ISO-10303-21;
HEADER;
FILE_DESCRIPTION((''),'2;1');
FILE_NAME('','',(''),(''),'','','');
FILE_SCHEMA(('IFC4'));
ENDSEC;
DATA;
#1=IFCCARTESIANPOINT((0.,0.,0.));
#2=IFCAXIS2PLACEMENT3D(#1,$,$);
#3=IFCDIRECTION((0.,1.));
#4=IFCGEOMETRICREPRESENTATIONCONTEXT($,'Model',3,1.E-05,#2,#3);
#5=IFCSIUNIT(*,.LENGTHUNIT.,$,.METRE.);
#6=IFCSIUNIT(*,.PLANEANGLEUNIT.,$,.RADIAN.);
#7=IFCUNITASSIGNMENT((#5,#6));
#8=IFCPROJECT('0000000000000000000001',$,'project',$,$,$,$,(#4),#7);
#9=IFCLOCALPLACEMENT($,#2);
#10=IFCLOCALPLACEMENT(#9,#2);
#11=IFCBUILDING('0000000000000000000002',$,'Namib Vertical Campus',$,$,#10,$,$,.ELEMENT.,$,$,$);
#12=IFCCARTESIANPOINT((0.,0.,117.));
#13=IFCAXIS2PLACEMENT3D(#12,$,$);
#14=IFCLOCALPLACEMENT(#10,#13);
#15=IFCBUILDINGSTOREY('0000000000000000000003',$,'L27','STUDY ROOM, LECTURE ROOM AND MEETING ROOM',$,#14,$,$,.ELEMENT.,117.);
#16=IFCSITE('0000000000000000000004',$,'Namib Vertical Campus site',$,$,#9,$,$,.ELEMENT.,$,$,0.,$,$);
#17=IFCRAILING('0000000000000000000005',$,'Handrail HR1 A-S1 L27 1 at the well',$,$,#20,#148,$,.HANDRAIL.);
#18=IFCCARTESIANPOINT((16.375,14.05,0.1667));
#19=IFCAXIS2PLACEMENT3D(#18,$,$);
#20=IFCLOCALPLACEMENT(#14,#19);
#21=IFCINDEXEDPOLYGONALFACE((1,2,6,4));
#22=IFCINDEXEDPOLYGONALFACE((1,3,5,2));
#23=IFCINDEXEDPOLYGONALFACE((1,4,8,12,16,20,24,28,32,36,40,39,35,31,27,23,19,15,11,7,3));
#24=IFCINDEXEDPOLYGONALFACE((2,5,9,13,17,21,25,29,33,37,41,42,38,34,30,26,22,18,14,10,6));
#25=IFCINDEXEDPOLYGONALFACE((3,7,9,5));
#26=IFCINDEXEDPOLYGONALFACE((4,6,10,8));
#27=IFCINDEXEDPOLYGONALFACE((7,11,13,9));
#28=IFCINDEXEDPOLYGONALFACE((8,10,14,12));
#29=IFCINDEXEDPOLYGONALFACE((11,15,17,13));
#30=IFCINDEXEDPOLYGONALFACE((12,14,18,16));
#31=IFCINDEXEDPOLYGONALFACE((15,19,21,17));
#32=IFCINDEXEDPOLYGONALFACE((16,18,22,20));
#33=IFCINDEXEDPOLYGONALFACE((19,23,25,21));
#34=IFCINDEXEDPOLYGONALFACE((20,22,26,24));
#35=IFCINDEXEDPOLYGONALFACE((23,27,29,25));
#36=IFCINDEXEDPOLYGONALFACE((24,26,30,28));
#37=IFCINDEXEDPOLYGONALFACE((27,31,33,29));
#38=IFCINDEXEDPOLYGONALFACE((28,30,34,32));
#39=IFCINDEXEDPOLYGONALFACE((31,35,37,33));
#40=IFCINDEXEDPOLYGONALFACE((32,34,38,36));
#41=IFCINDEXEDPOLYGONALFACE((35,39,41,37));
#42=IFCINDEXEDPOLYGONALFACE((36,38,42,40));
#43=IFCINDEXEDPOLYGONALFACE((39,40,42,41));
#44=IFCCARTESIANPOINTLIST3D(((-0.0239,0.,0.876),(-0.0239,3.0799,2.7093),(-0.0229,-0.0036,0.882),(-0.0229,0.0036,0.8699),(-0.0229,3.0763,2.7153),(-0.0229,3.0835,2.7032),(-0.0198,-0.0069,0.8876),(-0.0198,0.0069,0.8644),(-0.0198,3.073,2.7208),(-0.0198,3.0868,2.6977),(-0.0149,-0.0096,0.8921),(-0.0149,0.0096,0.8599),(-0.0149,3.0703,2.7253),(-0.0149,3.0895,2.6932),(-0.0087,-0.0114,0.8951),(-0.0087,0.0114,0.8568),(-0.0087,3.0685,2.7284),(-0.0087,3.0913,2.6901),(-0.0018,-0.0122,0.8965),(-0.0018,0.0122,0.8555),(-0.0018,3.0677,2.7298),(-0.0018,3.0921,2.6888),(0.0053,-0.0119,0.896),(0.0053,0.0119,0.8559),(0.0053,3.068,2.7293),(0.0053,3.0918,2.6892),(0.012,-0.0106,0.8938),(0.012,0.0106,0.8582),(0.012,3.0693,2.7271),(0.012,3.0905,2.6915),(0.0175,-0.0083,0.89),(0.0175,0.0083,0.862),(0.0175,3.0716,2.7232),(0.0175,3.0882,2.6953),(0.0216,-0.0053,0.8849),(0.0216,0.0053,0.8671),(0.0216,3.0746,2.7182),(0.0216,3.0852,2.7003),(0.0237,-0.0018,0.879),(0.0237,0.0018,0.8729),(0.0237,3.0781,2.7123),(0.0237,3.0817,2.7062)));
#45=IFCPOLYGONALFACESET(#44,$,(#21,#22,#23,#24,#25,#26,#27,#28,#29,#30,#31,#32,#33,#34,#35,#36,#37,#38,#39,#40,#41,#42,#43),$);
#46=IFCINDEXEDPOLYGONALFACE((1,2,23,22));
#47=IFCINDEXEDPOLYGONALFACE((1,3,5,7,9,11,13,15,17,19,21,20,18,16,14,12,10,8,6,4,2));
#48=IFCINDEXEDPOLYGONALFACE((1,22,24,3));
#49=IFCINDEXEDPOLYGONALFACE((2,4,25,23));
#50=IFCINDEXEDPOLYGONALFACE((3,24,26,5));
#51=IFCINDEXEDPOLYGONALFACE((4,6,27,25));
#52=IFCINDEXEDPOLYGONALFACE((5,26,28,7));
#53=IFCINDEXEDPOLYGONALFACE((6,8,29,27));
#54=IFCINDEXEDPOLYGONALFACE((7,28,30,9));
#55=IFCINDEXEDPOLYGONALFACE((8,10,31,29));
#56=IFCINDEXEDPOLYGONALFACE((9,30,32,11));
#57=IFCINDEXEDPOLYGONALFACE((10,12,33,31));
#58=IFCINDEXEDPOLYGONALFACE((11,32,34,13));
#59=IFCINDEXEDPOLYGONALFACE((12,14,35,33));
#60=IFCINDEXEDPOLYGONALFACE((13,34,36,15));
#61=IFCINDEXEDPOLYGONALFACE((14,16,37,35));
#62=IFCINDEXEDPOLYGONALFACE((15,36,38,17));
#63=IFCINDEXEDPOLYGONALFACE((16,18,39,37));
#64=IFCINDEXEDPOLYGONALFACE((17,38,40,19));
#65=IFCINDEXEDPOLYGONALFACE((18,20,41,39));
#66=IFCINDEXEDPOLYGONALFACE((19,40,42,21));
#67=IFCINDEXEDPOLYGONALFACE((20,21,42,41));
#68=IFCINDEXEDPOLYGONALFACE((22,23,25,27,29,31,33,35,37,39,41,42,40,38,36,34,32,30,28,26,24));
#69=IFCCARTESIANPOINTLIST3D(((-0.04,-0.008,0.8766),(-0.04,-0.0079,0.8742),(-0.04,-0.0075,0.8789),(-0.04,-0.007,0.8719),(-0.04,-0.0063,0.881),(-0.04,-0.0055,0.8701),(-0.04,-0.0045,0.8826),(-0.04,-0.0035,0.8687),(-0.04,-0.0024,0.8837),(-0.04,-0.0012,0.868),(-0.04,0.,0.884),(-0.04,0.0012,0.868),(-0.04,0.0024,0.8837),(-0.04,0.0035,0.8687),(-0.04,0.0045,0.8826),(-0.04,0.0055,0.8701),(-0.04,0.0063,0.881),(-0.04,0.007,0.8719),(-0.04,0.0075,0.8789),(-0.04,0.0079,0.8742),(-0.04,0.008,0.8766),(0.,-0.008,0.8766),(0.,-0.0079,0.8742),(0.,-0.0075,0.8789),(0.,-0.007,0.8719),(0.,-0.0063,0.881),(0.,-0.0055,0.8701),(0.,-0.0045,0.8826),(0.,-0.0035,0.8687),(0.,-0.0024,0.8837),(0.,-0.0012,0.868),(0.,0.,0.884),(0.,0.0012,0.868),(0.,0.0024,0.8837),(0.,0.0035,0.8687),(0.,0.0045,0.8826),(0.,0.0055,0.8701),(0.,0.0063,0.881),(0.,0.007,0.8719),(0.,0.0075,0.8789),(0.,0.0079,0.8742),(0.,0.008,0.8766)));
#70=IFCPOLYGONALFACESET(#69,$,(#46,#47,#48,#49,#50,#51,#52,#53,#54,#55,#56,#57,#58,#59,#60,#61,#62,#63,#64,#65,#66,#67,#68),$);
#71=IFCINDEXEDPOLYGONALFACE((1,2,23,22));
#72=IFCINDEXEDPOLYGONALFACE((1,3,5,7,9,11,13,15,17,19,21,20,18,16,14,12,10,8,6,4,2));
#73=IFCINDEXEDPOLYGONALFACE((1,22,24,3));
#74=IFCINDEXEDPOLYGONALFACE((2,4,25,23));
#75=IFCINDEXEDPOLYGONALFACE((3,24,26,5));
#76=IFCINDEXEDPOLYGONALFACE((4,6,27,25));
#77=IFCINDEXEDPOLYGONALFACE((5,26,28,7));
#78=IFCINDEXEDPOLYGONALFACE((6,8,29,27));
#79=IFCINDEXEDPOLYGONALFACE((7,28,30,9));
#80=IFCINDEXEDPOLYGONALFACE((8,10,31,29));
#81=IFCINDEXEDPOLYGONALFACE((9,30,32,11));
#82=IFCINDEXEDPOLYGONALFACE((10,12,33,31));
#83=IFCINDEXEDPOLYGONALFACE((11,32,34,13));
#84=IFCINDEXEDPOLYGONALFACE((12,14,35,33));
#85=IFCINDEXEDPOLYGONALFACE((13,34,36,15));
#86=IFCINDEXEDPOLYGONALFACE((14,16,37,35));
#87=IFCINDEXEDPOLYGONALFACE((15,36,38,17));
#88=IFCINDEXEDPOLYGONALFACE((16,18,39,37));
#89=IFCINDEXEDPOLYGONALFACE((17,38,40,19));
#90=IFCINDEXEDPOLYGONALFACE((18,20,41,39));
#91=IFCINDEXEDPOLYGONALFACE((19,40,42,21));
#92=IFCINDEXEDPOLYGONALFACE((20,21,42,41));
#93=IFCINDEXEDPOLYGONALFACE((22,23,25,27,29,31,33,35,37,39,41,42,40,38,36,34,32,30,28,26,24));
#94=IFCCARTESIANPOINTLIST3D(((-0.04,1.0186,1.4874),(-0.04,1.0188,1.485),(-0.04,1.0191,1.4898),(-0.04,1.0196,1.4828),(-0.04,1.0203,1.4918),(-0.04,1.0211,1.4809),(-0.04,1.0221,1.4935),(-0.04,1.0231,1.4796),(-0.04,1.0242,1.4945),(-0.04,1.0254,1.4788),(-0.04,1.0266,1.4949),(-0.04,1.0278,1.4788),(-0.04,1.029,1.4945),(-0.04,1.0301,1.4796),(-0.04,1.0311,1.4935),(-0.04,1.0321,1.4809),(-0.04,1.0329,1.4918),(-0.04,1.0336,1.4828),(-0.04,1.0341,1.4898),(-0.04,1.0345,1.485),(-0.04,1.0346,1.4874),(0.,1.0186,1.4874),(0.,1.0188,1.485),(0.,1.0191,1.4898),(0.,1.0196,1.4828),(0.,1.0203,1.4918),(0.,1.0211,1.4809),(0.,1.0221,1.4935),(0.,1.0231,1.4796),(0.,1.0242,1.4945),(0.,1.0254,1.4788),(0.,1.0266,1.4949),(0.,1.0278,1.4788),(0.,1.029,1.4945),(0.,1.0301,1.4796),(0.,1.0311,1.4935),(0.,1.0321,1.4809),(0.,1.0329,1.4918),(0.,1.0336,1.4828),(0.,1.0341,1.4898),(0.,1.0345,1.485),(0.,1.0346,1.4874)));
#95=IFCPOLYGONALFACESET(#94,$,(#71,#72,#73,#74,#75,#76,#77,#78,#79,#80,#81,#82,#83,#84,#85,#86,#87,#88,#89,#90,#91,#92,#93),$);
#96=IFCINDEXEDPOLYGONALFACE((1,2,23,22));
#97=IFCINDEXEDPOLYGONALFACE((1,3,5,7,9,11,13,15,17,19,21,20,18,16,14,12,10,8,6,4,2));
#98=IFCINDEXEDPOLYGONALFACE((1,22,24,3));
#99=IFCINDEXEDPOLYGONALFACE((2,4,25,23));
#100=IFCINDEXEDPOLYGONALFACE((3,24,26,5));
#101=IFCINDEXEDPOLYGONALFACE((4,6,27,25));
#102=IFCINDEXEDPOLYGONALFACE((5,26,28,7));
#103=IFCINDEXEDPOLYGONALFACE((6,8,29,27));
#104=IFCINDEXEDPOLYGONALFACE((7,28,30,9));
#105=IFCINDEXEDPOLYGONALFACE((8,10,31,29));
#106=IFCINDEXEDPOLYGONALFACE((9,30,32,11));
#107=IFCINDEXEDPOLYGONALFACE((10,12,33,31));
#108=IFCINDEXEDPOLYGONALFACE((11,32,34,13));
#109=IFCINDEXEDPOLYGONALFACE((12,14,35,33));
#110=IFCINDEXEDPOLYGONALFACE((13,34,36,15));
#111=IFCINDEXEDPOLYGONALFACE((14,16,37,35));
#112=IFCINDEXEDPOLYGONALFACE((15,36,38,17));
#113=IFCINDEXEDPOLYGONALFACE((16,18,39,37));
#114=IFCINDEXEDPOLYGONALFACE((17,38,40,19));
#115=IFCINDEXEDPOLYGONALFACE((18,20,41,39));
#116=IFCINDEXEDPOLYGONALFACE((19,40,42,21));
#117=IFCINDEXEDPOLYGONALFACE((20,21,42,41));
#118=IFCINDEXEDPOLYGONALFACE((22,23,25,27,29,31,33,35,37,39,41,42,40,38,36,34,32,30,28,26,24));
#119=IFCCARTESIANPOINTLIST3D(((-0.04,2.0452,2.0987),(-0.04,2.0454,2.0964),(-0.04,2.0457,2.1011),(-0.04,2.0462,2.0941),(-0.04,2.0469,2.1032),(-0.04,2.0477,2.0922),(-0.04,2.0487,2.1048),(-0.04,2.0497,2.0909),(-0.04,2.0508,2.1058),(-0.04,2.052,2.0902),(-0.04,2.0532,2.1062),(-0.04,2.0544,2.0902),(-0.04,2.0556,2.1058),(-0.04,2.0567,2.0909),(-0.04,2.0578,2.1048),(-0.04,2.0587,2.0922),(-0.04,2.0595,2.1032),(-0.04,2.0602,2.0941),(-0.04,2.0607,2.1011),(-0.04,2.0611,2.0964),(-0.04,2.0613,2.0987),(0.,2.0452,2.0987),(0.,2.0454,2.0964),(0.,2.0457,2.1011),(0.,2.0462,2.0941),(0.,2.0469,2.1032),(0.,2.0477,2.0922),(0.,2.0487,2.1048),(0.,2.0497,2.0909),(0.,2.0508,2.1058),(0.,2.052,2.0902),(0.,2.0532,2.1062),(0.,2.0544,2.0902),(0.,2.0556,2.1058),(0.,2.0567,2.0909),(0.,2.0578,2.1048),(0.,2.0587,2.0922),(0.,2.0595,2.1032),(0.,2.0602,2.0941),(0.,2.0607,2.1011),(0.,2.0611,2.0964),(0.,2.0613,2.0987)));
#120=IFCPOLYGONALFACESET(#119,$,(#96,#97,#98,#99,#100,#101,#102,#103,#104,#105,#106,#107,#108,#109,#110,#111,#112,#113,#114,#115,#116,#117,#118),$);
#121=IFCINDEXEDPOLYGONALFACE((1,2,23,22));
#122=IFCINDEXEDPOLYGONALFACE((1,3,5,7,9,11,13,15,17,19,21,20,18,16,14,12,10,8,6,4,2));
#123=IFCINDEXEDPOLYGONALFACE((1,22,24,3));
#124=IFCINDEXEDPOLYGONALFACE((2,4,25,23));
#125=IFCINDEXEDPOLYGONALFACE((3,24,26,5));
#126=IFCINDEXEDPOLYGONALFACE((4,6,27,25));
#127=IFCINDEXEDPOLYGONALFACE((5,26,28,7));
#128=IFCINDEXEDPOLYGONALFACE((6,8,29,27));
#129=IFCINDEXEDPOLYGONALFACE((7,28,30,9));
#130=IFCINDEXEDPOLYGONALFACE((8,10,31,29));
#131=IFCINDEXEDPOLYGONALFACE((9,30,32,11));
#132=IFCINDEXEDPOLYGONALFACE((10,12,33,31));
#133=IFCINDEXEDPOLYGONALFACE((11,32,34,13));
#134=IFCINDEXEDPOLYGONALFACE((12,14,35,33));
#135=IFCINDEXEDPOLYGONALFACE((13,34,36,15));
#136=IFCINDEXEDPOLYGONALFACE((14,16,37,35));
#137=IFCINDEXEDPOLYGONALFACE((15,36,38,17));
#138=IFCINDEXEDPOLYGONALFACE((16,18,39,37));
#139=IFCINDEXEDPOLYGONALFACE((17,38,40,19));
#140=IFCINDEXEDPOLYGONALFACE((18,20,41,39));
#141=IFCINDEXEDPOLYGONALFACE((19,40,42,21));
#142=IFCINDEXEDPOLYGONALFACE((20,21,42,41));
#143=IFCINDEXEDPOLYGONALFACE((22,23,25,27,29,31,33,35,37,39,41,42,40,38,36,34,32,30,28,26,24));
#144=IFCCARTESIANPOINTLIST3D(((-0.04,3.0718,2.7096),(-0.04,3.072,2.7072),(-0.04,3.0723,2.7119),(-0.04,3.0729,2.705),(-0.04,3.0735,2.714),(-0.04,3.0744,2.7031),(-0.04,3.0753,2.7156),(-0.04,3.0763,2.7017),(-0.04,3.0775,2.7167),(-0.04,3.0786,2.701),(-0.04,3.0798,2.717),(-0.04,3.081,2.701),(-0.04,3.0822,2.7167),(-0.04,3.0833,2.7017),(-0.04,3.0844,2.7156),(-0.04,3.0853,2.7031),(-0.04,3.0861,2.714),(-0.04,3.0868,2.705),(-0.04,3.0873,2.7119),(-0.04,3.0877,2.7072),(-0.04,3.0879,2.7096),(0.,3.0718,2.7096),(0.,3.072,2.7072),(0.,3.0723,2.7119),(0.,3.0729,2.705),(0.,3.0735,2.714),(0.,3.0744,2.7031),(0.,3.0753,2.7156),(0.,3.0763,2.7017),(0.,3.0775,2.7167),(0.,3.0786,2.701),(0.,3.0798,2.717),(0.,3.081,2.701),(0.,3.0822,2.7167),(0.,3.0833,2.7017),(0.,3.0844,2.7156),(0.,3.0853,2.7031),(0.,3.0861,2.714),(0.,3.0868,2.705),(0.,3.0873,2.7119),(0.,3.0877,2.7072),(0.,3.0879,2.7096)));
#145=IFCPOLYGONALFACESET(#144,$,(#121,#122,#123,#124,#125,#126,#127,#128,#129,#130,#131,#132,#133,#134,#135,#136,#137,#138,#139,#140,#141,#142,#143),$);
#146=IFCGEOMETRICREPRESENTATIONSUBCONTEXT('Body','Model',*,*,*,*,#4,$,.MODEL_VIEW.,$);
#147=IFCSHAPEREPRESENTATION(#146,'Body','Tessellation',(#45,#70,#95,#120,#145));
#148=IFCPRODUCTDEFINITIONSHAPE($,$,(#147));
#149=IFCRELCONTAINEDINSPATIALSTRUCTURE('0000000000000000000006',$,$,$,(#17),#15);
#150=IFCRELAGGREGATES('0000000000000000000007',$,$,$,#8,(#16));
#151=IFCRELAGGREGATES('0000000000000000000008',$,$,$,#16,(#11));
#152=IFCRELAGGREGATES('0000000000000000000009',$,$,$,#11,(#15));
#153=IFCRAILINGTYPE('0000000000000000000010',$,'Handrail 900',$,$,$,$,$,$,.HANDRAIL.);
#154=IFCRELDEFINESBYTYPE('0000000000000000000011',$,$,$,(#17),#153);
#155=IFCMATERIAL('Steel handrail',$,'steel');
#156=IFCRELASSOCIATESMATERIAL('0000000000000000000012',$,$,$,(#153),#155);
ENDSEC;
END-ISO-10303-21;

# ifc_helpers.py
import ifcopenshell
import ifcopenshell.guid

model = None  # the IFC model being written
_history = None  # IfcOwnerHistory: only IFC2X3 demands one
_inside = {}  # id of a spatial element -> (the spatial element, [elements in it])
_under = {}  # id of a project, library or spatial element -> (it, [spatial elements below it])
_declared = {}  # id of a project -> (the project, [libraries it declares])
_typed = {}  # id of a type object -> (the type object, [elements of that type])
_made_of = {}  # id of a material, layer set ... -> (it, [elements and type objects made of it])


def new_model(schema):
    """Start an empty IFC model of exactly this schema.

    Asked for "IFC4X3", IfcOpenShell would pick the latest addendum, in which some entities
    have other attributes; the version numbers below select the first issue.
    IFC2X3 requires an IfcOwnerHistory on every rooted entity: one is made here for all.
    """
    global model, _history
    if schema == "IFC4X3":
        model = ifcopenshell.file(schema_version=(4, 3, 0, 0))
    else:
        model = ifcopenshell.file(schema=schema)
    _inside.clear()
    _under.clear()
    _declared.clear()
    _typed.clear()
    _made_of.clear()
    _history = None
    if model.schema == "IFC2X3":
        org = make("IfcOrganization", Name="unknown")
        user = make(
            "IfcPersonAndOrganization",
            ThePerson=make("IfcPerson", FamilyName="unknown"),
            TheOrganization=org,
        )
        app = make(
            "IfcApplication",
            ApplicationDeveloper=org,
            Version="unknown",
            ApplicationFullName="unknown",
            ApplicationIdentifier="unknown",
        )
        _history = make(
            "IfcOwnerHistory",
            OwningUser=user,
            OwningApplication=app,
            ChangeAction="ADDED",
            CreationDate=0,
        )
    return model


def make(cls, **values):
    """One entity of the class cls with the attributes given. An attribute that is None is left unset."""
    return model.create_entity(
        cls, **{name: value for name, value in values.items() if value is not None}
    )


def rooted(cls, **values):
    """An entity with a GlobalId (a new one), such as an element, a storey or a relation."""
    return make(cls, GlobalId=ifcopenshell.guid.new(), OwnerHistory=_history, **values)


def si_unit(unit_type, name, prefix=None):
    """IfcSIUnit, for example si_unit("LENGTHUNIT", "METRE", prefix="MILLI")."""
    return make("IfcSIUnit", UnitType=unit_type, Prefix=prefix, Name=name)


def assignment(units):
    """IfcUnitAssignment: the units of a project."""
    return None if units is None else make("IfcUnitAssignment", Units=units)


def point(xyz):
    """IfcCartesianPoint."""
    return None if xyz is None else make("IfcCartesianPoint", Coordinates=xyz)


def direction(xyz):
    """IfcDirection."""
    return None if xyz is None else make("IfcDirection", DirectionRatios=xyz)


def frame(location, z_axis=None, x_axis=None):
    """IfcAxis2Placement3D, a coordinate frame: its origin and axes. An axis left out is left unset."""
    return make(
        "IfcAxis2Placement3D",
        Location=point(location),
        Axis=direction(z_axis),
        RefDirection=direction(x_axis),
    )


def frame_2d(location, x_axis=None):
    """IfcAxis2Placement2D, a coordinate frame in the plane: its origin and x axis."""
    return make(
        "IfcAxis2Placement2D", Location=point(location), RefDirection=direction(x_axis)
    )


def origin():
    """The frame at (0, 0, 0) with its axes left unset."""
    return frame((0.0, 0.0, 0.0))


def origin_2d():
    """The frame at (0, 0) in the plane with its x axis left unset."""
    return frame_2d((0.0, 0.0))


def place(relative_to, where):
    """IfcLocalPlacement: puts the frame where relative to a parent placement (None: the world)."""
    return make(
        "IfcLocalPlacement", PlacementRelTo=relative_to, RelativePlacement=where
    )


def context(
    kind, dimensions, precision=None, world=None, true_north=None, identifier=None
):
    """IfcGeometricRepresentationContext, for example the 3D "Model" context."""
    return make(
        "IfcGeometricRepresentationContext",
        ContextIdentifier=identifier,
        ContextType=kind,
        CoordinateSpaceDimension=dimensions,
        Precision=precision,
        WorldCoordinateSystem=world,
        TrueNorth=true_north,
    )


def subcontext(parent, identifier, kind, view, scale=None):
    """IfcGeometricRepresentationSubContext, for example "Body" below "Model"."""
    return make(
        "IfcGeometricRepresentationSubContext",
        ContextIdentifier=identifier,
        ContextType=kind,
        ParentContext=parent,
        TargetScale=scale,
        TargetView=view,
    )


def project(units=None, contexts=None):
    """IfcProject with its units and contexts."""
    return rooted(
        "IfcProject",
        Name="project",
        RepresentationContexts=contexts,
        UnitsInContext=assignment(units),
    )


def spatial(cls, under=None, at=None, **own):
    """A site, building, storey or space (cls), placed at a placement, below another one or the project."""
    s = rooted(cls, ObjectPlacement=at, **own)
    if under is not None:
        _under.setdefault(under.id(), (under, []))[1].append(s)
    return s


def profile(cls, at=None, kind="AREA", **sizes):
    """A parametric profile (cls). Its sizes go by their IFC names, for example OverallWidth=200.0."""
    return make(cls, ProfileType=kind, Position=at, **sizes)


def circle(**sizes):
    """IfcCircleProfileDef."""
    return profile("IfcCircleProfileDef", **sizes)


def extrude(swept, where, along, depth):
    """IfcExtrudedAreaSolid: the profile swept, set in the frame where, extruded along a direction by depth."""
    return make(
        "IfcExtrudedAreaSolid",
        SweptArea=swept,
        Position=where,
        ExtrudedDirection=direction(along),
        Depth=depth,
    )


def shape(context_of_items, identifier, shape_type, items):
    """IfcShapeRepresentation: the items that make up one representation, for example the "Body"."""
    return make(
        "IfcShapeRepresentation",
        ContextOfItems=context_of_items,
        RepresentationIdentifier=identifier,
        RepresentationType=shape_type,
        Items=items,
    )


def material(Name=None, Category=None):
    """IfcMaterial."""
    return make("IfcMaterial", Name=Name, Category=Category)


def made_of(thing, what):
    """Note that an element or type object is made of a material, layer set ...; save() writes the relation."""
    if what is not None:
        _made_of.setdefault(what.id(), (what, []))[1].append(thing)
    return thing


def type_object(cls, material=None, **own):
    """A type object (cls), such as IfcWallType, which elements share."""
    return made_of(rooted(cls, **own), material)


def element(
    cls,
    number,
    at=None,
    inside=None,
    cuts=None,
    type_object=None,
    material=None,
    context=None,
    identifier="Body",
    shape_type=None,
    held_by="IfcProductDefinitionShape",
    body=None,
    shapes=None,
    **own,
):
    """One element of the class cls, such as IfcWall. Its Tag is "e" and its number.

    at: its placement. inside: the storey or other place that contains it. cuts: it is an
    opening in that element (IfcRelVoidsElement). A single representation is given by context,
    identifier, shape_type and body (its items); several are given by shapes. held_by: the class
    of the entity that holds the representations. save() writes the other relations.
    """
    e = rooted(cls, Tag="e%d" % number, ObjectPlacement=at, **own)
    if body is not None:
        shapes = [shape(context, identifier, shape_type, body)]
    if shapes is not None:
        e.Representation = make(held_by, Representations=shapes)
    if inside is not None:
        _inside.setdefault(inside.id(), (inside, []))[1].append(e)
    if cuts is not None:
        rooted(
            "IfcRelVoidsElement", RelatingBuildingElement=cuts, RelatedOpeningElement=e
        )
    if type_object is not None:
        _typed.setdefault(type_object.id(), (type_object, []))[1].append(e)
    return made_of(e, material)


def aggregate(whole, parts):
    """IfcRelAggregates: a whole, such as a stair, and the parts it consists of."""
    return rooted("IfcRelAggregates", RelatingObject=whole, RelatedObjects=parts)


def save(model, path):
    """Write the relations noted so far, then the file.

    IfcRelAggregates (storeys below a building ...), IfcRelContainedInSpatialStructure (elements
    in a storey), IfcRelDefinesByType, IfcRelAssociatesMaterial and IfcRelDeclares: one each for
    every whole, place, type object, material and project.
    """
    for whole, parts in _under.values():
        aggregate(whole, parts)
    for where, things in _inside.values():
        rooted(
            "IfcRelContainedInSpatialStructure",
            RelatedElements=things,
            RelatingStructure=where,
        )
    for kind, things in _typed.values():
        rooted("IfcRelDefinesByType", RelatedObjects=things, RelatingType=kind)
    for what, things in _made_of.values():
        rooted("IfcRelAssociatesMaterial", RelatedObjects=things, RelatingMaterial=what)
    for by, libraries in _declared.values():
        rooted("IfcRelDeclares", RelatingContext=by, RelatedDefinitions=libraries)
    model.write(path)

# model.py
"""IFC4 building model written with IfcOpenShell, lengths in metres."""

from ifc_helpers import new_model, si_unit, direction, frame, origin, origin_2d, place, context, subcontext, project, spatial, circle, extrude, material, type_object, element, save


model = new_model("IFC4")

# Units and contexts
model_context = context("Model", 3, precision=1e-05, world=origin(), true_north=direction((0.0, 1.0)))
body_context = subcontext(model_context, "Body", "Model", "MODEL_VIEW")
ifc_project = project(units=[si_unit("LENGTHUNIT", "METRE"), si_unit("PLANEANGLEUNIT", "RADIAN")], contexts=[model_context])

# Site, building, storey
site_placement = place(None, origin())
site = spatial("IfcSite", under=ifc_project, at=site_placement, Name="Namib Vertical Campus site", CompositionType="ELEMENT", RefElevation=0.0)
building_placement = place(site_placement, origin())
building = spatial("IfcBuilding", under=site, at=building_placement, Name="Namib Vertical Campus", CompositionType="ELEMENT")
storey_placement = place(building_placement, frame((0.0, 0.0, 117.0)))
storey = spatial("IfcBuildingStorey", under=building, at=storey_placement, Name="L27", Description="STUDY ROOM, LECTURE ROOM AND MEETING ROOM", CompositionType="ELEMENT", Elevation=117.0)

# Railing
ifc_material_1 = material(Name="Steel handrail", Category="steel")
railing_type_1 = type_object("IfcRailingType", Name="Handrail 900", PredefinedType="HANDRAIL", material=ifc_material_1)
railing_1_placement = place(storey_placement, frame((16.375, 14.05, 0.1667)))
element("IfcRailing", 1, at=railing_1_placement, inside=storey, type_object=railing_type_1, Name="Handrail HR1 A-S1 L27 1 at the well", PredefinedType="HANDRAIL", context=body_context, shape_type="SweptSolid", body=[
    extrude(circle(Radius=0.0239, at=origin_2d()), frame((0.0, 0.0, 0.876), z_axis=(0.0, 0.859291, 0.511487), x_axis=(-1.0, 0.0, 0.0)), (0.0, 0.0, 1.0), 3.5842),
    extrude(circle(Radius=0.0081, at=origin_2d()), frame((0.0, 0.0, 0.876), z_axis=(-1.0, 0.0, 0.0), x_axis=(0.0, 0.0, 1.0)), (0.0, 0.0, 1.0), 0.04),
    extrude(circle(Radius=0.0081, at=origin_2d()), frame((0.0, 1.0266, 1.4868), z_axis=(-1.0, 0.0, 0.0), x_axis=(0.0, 0.0, 1.0)), (0.0, 0.0, 1.0), 0.04),
    extrude(circle(Radius=0.0081, at=origin_2d()), frame((0.0, 2.0532, 2.0981), z_axis=(-1.0, 0.0, 0.0), x_axis=(0.0, 0.0, 1.0)), (0.0, 0.0, 1.0), 0.04),
    extrude(circle(Radius=0.0081, at=origin_2d()), frame((0.0, 3.0798, 2.709), z_axis=(-1.0, 0.0, 0.0), x_axis=(0.0, 0.0, 1.0)), (0.0, 0.0, 1.0), 0.04),
])

save(model, "model.ifc")
